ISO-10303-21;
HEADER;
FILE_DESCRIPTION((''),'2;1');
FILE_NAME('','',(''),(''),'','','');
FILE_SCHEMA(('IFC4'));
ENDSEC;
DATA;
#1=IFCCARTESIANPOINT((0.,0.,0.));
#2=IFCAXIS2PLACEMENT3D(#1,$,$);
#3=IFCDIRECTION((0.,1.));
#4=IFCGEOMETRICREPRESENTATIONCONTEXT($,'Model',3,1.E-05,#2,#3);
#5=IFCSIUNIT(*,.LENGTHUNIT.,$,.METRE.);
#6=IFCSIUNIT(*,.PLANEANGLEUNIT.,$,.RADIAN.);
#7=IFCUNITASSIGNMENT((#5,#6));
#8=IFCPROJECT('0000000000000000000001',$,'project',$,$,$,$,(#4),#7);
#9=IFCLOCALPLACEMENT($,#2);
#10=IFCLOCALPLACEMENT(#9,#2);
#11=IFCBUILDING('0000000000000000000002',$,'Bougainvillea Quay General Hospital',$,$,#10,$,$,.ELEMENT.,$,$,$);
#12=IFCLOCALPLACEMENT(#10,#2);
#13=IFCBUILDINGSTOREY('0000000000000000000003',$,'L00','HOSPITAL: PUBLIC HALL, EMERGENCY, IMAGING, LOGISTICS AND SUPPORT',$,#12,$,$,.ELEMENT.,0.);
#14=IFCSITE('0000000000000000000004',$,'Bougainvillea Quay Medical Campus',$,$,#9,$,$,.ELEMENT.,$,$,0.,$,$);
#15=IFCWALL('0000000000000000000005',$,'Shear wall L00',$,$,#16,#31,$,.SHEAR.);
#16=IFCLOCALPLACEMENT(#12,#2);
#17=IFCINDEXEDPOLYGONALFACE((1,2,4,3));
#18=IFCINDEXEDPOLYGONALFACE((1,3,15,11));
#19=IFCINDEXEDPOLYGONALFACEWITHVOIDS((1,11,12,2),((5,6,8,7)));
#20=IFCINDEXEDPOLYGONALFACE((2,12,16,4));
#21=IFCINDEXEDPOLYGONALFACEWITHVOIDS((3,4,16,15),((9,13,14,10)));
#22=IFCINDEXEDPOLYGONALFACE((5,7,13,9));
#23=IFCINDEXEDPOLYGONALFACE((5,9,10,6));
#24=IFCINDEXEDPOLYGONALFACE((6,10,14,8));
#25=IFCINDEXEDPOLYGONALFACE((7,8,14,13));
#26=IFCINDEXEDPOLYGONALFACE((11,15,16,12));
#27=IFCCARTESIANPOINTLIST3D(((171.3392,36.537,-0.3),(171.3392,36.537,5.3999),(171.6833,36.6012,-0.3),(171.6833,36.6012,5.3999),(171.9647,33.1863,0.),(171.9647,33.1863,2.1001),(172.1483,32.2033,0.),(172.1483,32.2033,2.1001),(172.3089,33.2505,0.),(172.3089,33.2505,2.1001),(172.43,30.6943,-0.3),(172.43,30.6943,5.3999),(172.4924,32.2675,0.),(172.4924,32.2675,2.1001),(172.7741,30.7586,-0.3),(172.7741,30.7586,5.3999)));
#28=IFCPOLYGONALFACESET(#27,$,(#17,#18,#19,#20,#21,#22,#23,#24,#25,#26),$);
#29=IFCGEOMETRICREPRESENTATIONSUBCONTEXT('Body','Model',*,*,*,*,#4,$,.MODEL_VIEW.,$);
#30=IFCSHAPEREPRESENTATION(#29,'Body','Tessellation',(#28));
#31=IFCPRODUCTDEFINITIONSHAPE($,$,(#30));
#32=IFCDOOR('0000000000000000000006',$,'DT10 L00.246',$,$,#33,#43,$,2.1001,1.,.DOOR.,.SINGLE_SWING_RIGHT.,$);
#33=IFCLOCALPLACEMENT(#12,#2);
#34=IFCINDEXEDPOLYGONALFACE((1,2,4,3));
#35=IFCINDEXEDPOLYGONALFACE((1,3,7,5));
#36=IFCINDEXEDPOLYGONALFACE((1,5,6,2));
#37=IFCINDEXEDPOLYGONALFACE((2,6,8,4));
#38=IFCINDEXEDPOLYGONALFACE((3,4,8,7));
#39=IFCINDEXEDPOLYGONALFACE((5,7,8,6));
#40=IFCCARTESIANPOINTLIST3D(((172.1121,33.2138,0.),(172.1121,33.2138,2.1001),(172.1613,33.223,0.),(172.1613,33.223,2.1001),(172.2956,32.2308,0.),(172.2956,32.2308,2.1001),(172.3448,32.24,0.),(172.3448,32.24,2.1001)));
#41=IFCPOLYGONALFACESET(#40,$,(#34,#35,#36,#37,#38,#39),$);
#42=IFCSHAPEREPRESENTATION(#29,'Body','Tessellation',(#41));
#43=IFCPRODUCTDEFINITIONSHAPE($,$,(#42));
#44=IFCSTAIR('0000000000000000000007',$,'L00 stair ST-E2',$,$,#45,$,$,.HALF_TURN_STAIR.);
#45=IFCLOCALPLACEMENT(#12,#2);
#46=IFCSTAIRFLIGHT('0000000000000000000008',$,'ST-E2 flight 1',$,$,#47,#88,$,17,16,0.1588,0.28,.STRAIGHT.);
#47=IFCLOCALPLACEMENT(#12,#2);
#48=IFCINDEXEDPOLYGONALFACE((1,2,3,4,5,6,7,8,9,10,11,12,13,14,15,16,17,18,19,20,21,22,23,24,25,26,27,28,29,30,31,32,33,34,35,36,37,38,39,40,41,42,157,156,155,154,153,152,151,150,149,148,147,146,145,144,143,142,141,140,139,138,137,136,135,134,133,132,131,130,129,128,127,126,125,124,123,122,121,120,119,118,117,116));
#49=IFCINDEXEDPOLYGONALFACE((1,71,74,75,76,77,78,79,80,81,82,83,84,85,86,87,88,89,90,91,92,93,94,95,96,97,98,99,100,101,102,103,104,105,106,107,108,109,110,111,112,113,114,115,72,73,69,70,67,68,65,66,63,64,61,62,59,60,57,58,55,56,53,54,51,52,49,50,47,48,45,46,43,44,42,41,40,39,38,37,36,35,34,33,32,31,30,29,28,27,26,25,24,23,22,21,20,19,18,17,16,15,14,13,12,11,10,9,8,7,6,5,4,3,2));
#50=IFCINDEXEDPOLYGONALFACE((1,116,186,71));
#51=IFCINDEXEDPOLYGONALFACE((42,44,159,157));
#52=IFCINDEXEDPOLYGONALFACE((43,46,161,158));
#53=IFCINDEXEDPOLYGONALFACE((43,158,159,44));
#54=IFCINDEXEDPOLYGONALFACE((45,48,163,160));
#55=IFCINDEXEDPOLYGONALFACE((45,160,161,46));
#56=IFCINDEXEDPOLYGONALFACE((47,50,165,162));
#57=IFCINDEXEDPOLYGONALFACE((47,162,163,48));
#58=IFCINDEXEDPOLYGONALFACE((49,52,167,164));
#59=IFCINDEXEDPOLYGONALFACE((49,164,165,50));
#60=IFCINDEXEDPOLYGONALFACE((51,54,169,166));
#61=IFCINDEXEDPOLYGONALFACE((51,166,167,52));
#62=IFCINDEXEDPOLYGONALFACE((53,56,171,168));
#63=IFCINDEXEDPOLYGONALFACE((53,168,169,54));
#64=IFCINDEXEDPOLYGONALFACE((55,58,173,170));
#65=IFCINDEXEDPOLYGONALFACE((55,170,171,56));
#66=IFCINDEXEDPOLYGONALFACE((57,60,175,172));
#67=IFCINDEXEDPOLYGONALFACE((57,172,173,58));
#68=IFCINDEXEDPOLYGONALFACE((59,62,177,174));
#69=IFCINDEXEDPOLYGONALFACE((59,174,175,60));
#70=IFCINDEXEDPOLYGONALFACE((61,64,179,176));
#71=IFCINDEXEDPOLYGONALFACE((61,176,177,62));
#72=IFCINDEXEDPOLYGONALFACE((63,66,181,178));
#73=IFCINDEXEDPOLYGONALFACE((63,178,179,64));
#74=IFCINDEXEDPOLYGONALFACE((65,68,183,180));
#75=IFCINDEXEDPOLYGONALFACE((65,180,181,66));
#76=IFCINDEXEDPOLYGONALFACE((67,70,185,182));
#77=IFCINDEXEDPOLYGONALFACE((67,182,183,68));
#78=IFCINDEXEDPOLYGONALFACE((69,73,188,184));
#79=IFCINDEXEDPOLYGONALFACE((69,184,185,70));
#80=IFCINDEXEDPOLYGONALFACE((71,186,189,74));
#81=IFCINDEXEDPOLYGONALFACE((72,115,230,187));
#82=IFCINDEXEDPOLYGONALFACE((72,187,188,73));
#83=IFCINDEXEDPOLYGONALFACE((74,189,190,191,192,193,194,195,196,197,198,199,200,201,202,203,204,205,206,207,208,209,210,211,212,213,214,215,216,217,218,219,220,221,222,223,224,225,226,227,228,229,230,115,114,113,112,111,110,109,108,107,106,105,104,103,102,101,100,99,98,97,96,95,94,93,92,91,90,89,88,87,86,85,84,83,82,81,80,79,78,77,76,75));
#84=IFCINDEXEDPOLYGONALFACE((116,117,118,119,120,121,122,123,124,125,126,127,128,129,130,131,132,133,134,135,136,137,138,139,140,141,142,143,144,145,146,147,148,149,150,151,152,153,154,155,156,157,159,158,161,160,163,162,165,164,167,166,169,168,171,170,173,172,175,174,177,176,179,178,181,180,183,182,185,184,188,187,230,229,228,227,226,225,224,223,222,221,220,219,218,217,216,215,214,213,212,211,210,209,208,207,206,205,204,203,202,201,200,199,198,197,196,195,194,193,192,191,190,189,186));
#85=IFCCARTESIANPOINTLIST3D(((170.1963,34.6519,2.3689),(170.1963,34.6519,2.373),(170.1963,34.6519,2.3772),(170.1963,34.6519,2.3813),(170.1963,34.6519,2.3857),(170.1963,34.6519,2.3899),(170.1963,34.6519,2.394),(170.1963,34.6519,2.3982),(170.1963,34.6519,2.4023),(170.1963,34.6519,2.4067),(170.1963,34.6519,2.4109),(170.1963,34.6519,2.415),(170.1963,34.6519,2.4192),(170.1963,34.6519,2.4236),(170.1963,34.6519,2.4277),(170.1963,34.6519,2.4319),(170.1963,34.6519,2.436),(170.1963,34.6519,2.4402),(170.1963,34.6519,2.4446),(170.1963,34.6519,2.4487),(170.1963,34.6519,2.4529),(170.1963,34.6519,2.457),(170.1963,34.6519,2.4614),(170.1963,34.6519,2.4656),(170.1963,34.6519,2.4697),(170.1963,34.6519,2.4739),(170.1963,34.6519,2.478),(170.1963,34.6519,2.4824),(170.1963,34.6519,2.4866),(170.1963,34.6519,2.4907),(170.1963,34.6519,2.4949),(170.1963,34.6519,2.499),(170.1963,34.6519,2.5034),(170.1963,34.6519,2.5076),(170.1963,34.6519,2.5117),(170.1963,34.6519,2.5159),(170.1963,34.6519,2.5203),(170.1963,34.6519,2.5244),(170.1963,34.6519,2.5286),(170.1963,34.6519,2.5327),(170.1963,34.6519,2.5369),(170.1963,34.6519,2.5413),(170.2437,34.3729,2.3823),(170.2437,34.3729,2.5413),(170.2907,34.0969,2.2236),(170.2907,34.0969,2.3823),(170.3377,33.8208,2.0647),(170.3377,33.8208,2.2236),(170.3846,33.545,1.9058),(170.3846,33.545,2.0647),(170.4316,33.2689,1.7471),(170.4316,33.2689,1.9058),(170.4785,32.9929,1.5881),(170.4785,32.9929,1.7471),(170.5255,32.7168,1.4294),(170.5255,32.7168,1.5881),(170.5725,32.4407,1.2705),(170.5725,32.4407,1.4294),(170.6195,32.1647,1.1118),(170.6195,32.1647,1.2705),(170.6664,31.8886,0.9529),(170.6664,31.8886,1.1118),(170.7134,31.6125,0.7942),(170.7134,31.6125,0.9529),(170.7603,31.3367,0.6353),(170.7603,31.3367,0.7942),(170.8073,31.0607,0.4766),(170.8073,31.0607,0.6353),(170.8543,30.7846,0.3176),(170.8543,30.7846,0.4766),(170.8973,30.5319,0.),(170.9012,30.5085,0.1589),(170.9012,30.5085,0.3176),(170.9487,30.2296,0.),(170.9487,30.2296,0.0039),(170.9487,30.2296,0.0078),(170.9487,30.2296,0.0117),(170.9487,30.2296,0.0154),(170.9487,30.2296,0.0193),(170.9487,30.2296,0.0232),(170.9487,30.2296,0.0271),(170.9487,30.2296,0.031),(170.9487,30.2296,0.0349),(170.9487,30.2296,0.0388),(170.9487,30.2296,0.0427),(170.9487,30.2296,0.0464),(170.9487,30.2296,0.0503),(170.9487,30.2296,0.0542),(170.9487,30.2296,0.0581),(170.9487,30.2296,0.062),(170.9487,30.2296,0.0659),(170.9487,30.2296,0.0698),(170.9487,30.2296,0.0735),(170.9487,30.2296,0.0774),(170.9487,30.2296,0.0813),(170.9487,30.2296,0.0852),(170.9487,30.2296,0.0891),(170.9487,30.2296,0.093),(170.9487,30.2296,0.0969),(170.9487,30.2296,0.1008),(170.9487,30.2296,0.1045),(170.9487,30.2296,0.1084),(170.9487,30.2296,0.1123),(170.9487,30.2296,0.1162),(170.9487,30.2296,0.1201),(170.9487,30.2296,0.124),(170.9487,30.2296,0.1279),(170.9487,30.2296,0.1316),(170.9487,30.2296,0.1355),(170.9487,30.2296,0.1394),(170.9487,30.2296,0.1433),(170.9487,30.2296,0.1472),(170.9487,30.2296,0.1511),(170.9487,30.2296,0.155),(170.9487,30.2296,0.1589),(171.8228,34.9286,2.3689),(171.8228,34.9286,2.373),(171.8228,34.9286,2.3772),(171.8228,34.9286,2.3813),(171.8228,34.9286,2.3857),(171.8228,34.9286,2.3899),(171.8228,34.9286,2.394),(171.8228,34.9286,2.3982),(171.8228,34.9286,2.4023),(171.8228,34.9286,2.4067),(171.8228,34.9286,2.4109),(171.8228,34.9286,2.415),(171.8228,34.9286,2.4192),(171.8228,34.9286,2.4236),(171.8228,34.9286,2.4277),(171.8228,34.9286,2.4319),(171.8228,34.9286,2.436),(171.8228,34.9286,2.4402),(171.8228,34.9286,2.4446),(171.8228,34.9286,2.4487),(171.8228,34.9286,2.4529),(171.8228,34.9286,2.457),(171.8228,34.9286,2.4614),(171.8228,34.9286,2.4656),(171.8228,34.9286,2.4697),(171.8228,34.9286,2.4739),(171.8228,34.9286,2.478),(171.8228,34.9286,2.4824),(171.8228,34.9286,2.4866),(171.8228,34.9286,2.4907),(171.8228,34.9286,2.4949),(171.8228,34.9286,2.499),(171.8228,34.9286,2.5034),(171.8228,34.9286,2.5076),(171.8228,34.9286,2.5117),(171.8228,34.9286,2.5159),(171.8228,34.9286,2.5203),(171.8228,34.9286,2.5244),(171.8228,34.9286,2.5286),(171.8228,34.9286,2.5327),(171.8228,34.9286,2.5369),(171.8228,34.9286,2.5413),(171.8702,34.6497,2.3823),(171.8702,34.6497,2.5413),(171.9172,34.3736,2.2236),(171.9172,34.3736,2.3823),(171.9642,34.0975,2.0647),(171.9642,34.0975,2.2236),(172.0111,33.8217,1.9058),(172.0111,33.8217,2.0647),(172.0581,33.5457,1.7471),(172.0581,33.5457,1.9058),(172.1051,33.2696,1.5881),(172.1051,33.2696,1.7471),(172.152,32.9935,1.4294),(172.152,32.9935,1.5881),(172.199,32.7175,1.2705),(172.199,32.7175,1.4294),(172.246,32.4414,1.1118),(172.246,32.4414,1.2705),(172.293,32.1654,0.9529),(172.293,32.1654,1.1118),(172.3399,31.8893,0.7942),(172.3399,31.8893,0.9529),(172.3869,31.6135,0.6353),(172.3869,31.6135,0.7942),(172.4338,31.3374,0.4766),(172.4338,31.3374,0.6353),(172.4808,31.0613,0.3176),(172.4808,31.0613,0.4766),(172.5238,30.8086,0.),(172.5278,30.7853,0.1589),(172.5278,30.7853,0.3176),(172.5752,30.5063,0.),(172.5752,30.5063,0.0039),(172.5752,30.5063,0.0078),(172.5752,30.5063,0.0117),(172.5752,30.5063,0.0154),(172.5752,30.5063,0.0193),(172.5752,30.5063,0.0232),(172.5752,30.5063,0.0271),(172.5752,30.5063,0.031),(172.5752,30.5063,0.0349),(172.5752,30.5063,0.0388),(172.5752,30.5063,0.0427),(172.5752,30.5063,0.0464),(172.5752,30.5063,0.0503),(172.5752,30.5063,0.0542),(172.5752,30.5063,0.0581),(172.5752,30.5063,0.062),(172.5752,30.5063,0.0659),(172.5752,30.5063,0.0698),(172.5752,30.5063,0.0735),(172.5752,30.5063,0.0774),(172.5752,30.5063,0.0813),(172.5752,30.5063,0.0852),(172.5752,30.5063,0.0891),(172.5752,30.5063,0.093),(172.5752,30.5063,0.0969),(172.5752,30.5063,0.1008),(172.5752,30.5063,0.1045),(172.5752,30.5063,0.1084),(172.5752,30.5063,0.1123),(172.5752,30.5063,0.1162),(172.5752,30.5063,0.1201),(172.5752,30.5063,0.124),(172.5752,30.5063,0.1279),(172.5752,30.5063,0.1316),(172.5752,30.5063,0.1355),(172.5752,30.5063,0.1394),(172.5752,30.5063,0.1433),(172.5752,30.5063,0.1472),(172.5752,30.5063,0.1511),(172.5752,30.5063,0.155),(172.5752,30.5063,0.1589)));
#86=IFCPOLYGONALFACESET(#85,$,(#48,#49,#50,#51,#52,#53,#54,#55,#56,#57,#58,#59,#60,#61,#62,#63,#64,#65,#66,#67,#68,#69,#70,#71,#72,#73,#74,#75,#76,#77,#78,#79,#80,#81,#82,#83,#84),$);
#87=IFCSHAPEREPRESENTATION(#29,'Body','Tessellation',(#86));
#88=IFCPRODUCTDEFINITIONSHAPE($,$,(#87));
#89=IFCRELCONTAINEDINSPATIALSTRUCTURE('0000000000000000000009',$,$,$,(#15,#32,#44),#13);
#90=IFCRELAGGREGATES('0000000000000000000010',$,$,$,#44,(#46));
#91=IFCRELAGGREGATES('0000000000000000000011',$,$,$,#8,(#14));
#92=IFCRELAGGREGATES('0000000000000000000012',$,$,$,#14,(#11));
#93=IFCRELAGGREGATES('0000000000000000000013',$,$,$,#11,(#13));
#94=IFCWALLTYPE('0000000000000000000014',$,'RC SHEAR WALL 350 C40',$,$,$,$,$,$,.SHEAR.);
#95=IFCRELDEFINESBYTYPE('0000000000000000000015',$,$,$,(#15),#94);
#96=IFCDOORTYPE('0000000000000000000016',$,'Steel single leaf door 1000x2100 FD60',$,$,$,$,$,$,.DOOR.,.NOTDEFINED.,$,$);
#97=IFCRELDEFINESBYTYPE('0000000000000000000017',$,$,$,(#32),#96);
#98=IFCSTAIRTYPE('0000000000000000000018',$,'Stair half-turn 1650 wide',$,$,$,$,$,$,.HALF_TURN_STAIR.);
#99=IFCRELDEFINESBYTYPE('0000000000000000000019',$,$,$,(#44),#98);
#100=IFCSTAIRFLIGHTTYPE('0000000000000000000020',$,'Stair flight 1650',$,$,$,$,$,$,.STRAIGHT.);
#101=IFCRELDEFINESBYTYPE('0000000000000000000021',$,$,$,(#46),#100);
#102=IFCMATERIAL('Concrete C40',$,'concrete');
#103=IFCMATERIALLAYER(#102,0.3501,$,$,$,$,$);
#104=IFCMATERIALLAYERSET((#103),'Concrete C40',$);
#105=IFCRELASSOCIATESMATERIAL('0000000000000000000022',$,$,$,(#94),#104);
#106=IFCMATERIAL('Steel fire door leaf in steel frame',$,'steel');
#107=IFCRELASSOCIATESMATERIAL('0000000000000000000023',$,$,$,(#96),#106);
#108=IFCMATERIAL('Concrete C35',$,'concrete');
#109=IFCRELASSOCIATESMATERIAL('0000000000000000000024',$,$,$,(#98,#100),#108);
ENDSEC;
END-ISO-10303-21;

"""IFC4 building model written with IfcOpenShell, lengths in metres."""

from ifc_helpers import new_model, si_unit, direction, frame, frame_2d, origin, place, context, subcontext, project, spatial, polyline, rectangle, outline, extrude, material, layer, layer_set, type_object, element, fill, aggregate, save


model = new_model("IFC4")

# Units and contexts
model_context = context("Model", 3, precision=1e-05, world=origin(), true_north=direction((0.0, 1.0)))
body_context = subcontext(model_context, "Body", "Model", "MODEL_VIEW")
ifc_project = project(units=[si_unit("LENGTHUNIT", "METRE"), si_unit("PLANEANGLEUNIT", "RADIAN")], contexts=[model_context])

# Site, building, storey
site_placement = place(None, origin())
site = spatial("IfcSite", under=ifc_project, at=site_placement, Name="Bougainvillea Quay Medical Campus", CompositionType="ELEMENT", RefElevation=0.0)
building_placement = place(site_placement, origin())
building = spatial("IfcBuilding", under=site, at=building_placement, Name="Bougainvillea Quay General Hospital", CompositionType="ELEMENT")
storey_placement = place(building_placement, origin())
storey = spatial("IfcBuildingStorey", under=building, at=storey_placement, Name="L00", Description="HOSPITAL: PUBLIC HALL, EMERGENCY, IMAGING, LOGISTICS AND SUPPORT", CompositionType="ELEMENT", Elevation=0.0)

# Shared definitions
ifc_material_1 = material(Name="Concrete C40", Category="concrete")

# Shared definitions
ifc_layer_1 = layer(ifc_material_1, 0.3501)
ifc_layer_set_1 = layer_set([ifc_layer_1], Name="Concrete C40")
wall_type_1 = type_object("IfcWallType", Name="RC SHEAR WALL 350 C40", PredefinedType="SHEAR", material=ifc_layer_set_1)

# Wall, opening, door
wall_1_placement = place(storey_placement, frame((172.6021, 30.7266, -0.3), z_axis=(0.0, 0.0, 1.0), x_axis=(-0.183532, 0.983014, 0.0)))
wall_1 = element("IfcWall", 1, at=wall_1_placement, inside=storey, type_object=wall_type_1, Name="Shear wall L00", PredefinedType="SHEAR", context=body_context, shape_type="SweptSolid", body=[
    extrude(rectangle(XDim=5.9436, YDim=0.3501, at=frame_2d((2.9717, 0.0))), origin(), (0.0, 0.0, 1.0), 5.7),
])
opening_1_placement = place(wall_1_placement, frame((1.5349, 0.0, 0.3)))
opening_1 = element("IfcOpeningElement", 2, at=opening_1_placement, cuts=wall_1, PredefinedType="OPENING", context=body_context, shape_type="SweptSolid", body=[
    extrude(rectangle(XDim=1.0, YDim=2.1001, at=frame_2d((0.5, 1.05))), frame((0.0, 0.1851, 0.0), z_axis=(0.0, -1.0, 0.0), x_axis=(1.0, 0.0, 0.0)), (0.0, 0.0, 1.0), 0.3701),
])
ifc_material_2 = material(Name="Steel fire door leaf in steel frame", Category="steel")
door_type_1 = type_object("IfcDoorType", Name="Steel single leaf door 1000x2100 FD60", OperationType="NOTDEFINED", PredefinedType="DOOR", material=ifc_material_2)
door_1_placement = place(opening_1_placement, frame((1.0, 0.0, 0.0), z_axis=(0.0, 0.0, 1.0), x_axis=(-1.0, 0.0, 0.0)))
door_1 = element("IfcDoor", 3, at=door_1_placement, inside=storey, type_object=door_type_1, Name="DT10 L00.246", OperationType="SINGLE_SWING_RIGHT", OverallHeight=2.1001, OverallWidth=1.0, PredefinedType="DOOR", context=body_context, shape_type="SweptSolid", body=[
    extrude(rectangle(XDim=1.0, YDim=2.1001, at=frame_2d((0.5, 1.05))), frame((0.0, 0.0249, 0.0), z_axis=(0.0, -1.0, 0.0), x_axis=(1.0, 0.0, 0.0)), (0.0, 0.0, 1.0), 0.05),
])
fill(opening_1, door_1)

# Stair, stair flight
ifc_material_3 = material(Name="Concrete C35", Category="concrete")
stair_type = type_object("IfcStairType", Name="Stair half-turn 1650 wide", PredefinedType="HALF_TURN_STAIR", material=ifc_material_3)
stair_placement = place(storey_placement, origin())
stair = element("IfcStair", 4, at=stair_placement, inside=storey, type_object=stair_type, Name="L00 stair ST-E2", PredefinedType="HALF_TURN_STAIR")
stair_flight_type = type_object("IfcStairFlightType", Name="Stair flight 1650", PredefinedType="STRAIGHT", material=ifc_material_3)
stair_flight_1_placement = place(storey_placement, frame((171.7615, 30.3708, 0.0), z_axis=(0.0, 0.0, 1.0), x_axis=(-0.167737, 0.985832, 0.0)))
stair_flight_1 = element("IfcStairFlight", 5, at=stair_flight_1_placement, type_object=stair_flight_type, Name="ST-E2 flight 1", NumberOfRisers=17, NumberOfTreads=16, PredefinedType="STRAIGHT", RiserHeight=0.1588, TreadLength=0.28, context=body_context, shape_type="SweptSolid", body=[
    extrude(outline(polyline([(-0.0029, 0.0), (-0.0029, 0.0039), (-0.0029, 0.0078), (-0.0029, 0.0117), (-0.0029, 0.0154), (-0.0029, 0.0193), (-0.0029, 0.0232), (-0.0029, 0.0271), (-0.0029, 0.031), (-0.0029, 0.0349), (-0.0029, 0.0388), (-0.0029, 0.0427), (-0.0029, 0.0464), (-0.0029, 0.0503), (-0.0029, 0.0542), (-0.0029, 0.0581), (-0.0029, 0.062), (-0.0029, 0.0659), (-0.0029, 0.0698), (-0.0029, 0.0735), (-0.0029, 0.0774), (-0.0029, 0.0813), (-0.0029, 0.0852), (-0.0029, 0.0891), (-0.0029, 0.093), (-0.0029, 0.0969), (-0.0029, 0.1008), (-0.0029, 0.1045), (-0.0029, 0.1084), (-0.0029, 0.1123), (-0.0029, 0.1162), (-0.0029, 0.1201), (-0.0029, 0.124), (-0.0029, 0.1279), (-0.0029, 0.1316), (-0.0029, 0.1355), (-0.0029, 0.1394), (-0.0029, 0.1433), (-0.0029, 0.1472), (-0.0029, 0.1511), (-0.0029, 0.155), (-0.0029, 0.1589), (0.28, 0.1589), (0.28, 0.3176), (0.5601, 0.3176), (0.5601, 0.4766), (0.8401, 0.4766), (0.8401, 0.6353), (1.1201, 0.6353), (1.1201, 0.7942), (1.3999, 0.7942), (1.3999, 0.9529), (1.6799, 0.9529), (1.6799, 1.1118), (1.96, 1.1118), (1.96, 1.2705), (2.24, 1.2705), (2.24, 1.4294), (2.52, 1.4294), (2.52, 1.5881), (2.8, 1.5881), (2.8, 1.7471), (3.0801, 1.7471), (3.0801, 1.9058), (3.3601, 1.9058), (3.3601, 2.0647), (3.6399, 2.0647), (3.6399, 2.2236), (3.9199, 2.2236), (3.9199, 2.3823), (4.2, 2.3823), (4.2, 2.5413), (4.4829, 2.5413), (4.4829, 2.5369), (4.4829, 2.5327), (4.4829, 2.5286), (4.4829, 2.5244), (4.4829, 2.5203), (4.4829, 2.5159), (4.4829, 2.5117), (4.4829, 2.5076), (4.4829, 2.5034), (4.4829, 2.499), (4.4829, 2.4949), (4.4829, 2.4907), (4.4829, 2.4866), (4.4829, 2.4824), (4.4829, 2.478), (4.4829, 2.4739), (4.4829, 2.4697), (4.4829, 2.4656), (4.4829, 2.4614), (4.4829, 2.457), (4.4829, 2.4529), (4.4829, 2.4487), (4.4829, 2.4446), (4.4829, 2.4402), (4.4829, 2.436), (4.4829, 2.4319), (4.4829, 2.4277), (4.4829, 2.4236), (4.4829, 2.4192), (4.4829, 2.415), (4.4829, 2.4109), (4.4829, 2.4067), (4.4829, 2.4023), (4.4829, 2.3982), (4.4829, 2.394), (4.4829, 2.3899), (4.4829, 2.3857), (4.4829, 2.3813), (4.4829, 2.3772), (4.4829, 2.373), (4.4829, 2.3689), (0.3037, 0.0), (-0.0029, 0.0)])), frame((0.0, 0.825, 0.0), z_axis=(0.0, -1.0, 0.0), x_axis=(1.0, 0.0, 0.0)), (0.0, 0.0, 1.0), 1.6499),
])
aggregate(stair, [stair_flight_1])

save(model, "model.ifc")
